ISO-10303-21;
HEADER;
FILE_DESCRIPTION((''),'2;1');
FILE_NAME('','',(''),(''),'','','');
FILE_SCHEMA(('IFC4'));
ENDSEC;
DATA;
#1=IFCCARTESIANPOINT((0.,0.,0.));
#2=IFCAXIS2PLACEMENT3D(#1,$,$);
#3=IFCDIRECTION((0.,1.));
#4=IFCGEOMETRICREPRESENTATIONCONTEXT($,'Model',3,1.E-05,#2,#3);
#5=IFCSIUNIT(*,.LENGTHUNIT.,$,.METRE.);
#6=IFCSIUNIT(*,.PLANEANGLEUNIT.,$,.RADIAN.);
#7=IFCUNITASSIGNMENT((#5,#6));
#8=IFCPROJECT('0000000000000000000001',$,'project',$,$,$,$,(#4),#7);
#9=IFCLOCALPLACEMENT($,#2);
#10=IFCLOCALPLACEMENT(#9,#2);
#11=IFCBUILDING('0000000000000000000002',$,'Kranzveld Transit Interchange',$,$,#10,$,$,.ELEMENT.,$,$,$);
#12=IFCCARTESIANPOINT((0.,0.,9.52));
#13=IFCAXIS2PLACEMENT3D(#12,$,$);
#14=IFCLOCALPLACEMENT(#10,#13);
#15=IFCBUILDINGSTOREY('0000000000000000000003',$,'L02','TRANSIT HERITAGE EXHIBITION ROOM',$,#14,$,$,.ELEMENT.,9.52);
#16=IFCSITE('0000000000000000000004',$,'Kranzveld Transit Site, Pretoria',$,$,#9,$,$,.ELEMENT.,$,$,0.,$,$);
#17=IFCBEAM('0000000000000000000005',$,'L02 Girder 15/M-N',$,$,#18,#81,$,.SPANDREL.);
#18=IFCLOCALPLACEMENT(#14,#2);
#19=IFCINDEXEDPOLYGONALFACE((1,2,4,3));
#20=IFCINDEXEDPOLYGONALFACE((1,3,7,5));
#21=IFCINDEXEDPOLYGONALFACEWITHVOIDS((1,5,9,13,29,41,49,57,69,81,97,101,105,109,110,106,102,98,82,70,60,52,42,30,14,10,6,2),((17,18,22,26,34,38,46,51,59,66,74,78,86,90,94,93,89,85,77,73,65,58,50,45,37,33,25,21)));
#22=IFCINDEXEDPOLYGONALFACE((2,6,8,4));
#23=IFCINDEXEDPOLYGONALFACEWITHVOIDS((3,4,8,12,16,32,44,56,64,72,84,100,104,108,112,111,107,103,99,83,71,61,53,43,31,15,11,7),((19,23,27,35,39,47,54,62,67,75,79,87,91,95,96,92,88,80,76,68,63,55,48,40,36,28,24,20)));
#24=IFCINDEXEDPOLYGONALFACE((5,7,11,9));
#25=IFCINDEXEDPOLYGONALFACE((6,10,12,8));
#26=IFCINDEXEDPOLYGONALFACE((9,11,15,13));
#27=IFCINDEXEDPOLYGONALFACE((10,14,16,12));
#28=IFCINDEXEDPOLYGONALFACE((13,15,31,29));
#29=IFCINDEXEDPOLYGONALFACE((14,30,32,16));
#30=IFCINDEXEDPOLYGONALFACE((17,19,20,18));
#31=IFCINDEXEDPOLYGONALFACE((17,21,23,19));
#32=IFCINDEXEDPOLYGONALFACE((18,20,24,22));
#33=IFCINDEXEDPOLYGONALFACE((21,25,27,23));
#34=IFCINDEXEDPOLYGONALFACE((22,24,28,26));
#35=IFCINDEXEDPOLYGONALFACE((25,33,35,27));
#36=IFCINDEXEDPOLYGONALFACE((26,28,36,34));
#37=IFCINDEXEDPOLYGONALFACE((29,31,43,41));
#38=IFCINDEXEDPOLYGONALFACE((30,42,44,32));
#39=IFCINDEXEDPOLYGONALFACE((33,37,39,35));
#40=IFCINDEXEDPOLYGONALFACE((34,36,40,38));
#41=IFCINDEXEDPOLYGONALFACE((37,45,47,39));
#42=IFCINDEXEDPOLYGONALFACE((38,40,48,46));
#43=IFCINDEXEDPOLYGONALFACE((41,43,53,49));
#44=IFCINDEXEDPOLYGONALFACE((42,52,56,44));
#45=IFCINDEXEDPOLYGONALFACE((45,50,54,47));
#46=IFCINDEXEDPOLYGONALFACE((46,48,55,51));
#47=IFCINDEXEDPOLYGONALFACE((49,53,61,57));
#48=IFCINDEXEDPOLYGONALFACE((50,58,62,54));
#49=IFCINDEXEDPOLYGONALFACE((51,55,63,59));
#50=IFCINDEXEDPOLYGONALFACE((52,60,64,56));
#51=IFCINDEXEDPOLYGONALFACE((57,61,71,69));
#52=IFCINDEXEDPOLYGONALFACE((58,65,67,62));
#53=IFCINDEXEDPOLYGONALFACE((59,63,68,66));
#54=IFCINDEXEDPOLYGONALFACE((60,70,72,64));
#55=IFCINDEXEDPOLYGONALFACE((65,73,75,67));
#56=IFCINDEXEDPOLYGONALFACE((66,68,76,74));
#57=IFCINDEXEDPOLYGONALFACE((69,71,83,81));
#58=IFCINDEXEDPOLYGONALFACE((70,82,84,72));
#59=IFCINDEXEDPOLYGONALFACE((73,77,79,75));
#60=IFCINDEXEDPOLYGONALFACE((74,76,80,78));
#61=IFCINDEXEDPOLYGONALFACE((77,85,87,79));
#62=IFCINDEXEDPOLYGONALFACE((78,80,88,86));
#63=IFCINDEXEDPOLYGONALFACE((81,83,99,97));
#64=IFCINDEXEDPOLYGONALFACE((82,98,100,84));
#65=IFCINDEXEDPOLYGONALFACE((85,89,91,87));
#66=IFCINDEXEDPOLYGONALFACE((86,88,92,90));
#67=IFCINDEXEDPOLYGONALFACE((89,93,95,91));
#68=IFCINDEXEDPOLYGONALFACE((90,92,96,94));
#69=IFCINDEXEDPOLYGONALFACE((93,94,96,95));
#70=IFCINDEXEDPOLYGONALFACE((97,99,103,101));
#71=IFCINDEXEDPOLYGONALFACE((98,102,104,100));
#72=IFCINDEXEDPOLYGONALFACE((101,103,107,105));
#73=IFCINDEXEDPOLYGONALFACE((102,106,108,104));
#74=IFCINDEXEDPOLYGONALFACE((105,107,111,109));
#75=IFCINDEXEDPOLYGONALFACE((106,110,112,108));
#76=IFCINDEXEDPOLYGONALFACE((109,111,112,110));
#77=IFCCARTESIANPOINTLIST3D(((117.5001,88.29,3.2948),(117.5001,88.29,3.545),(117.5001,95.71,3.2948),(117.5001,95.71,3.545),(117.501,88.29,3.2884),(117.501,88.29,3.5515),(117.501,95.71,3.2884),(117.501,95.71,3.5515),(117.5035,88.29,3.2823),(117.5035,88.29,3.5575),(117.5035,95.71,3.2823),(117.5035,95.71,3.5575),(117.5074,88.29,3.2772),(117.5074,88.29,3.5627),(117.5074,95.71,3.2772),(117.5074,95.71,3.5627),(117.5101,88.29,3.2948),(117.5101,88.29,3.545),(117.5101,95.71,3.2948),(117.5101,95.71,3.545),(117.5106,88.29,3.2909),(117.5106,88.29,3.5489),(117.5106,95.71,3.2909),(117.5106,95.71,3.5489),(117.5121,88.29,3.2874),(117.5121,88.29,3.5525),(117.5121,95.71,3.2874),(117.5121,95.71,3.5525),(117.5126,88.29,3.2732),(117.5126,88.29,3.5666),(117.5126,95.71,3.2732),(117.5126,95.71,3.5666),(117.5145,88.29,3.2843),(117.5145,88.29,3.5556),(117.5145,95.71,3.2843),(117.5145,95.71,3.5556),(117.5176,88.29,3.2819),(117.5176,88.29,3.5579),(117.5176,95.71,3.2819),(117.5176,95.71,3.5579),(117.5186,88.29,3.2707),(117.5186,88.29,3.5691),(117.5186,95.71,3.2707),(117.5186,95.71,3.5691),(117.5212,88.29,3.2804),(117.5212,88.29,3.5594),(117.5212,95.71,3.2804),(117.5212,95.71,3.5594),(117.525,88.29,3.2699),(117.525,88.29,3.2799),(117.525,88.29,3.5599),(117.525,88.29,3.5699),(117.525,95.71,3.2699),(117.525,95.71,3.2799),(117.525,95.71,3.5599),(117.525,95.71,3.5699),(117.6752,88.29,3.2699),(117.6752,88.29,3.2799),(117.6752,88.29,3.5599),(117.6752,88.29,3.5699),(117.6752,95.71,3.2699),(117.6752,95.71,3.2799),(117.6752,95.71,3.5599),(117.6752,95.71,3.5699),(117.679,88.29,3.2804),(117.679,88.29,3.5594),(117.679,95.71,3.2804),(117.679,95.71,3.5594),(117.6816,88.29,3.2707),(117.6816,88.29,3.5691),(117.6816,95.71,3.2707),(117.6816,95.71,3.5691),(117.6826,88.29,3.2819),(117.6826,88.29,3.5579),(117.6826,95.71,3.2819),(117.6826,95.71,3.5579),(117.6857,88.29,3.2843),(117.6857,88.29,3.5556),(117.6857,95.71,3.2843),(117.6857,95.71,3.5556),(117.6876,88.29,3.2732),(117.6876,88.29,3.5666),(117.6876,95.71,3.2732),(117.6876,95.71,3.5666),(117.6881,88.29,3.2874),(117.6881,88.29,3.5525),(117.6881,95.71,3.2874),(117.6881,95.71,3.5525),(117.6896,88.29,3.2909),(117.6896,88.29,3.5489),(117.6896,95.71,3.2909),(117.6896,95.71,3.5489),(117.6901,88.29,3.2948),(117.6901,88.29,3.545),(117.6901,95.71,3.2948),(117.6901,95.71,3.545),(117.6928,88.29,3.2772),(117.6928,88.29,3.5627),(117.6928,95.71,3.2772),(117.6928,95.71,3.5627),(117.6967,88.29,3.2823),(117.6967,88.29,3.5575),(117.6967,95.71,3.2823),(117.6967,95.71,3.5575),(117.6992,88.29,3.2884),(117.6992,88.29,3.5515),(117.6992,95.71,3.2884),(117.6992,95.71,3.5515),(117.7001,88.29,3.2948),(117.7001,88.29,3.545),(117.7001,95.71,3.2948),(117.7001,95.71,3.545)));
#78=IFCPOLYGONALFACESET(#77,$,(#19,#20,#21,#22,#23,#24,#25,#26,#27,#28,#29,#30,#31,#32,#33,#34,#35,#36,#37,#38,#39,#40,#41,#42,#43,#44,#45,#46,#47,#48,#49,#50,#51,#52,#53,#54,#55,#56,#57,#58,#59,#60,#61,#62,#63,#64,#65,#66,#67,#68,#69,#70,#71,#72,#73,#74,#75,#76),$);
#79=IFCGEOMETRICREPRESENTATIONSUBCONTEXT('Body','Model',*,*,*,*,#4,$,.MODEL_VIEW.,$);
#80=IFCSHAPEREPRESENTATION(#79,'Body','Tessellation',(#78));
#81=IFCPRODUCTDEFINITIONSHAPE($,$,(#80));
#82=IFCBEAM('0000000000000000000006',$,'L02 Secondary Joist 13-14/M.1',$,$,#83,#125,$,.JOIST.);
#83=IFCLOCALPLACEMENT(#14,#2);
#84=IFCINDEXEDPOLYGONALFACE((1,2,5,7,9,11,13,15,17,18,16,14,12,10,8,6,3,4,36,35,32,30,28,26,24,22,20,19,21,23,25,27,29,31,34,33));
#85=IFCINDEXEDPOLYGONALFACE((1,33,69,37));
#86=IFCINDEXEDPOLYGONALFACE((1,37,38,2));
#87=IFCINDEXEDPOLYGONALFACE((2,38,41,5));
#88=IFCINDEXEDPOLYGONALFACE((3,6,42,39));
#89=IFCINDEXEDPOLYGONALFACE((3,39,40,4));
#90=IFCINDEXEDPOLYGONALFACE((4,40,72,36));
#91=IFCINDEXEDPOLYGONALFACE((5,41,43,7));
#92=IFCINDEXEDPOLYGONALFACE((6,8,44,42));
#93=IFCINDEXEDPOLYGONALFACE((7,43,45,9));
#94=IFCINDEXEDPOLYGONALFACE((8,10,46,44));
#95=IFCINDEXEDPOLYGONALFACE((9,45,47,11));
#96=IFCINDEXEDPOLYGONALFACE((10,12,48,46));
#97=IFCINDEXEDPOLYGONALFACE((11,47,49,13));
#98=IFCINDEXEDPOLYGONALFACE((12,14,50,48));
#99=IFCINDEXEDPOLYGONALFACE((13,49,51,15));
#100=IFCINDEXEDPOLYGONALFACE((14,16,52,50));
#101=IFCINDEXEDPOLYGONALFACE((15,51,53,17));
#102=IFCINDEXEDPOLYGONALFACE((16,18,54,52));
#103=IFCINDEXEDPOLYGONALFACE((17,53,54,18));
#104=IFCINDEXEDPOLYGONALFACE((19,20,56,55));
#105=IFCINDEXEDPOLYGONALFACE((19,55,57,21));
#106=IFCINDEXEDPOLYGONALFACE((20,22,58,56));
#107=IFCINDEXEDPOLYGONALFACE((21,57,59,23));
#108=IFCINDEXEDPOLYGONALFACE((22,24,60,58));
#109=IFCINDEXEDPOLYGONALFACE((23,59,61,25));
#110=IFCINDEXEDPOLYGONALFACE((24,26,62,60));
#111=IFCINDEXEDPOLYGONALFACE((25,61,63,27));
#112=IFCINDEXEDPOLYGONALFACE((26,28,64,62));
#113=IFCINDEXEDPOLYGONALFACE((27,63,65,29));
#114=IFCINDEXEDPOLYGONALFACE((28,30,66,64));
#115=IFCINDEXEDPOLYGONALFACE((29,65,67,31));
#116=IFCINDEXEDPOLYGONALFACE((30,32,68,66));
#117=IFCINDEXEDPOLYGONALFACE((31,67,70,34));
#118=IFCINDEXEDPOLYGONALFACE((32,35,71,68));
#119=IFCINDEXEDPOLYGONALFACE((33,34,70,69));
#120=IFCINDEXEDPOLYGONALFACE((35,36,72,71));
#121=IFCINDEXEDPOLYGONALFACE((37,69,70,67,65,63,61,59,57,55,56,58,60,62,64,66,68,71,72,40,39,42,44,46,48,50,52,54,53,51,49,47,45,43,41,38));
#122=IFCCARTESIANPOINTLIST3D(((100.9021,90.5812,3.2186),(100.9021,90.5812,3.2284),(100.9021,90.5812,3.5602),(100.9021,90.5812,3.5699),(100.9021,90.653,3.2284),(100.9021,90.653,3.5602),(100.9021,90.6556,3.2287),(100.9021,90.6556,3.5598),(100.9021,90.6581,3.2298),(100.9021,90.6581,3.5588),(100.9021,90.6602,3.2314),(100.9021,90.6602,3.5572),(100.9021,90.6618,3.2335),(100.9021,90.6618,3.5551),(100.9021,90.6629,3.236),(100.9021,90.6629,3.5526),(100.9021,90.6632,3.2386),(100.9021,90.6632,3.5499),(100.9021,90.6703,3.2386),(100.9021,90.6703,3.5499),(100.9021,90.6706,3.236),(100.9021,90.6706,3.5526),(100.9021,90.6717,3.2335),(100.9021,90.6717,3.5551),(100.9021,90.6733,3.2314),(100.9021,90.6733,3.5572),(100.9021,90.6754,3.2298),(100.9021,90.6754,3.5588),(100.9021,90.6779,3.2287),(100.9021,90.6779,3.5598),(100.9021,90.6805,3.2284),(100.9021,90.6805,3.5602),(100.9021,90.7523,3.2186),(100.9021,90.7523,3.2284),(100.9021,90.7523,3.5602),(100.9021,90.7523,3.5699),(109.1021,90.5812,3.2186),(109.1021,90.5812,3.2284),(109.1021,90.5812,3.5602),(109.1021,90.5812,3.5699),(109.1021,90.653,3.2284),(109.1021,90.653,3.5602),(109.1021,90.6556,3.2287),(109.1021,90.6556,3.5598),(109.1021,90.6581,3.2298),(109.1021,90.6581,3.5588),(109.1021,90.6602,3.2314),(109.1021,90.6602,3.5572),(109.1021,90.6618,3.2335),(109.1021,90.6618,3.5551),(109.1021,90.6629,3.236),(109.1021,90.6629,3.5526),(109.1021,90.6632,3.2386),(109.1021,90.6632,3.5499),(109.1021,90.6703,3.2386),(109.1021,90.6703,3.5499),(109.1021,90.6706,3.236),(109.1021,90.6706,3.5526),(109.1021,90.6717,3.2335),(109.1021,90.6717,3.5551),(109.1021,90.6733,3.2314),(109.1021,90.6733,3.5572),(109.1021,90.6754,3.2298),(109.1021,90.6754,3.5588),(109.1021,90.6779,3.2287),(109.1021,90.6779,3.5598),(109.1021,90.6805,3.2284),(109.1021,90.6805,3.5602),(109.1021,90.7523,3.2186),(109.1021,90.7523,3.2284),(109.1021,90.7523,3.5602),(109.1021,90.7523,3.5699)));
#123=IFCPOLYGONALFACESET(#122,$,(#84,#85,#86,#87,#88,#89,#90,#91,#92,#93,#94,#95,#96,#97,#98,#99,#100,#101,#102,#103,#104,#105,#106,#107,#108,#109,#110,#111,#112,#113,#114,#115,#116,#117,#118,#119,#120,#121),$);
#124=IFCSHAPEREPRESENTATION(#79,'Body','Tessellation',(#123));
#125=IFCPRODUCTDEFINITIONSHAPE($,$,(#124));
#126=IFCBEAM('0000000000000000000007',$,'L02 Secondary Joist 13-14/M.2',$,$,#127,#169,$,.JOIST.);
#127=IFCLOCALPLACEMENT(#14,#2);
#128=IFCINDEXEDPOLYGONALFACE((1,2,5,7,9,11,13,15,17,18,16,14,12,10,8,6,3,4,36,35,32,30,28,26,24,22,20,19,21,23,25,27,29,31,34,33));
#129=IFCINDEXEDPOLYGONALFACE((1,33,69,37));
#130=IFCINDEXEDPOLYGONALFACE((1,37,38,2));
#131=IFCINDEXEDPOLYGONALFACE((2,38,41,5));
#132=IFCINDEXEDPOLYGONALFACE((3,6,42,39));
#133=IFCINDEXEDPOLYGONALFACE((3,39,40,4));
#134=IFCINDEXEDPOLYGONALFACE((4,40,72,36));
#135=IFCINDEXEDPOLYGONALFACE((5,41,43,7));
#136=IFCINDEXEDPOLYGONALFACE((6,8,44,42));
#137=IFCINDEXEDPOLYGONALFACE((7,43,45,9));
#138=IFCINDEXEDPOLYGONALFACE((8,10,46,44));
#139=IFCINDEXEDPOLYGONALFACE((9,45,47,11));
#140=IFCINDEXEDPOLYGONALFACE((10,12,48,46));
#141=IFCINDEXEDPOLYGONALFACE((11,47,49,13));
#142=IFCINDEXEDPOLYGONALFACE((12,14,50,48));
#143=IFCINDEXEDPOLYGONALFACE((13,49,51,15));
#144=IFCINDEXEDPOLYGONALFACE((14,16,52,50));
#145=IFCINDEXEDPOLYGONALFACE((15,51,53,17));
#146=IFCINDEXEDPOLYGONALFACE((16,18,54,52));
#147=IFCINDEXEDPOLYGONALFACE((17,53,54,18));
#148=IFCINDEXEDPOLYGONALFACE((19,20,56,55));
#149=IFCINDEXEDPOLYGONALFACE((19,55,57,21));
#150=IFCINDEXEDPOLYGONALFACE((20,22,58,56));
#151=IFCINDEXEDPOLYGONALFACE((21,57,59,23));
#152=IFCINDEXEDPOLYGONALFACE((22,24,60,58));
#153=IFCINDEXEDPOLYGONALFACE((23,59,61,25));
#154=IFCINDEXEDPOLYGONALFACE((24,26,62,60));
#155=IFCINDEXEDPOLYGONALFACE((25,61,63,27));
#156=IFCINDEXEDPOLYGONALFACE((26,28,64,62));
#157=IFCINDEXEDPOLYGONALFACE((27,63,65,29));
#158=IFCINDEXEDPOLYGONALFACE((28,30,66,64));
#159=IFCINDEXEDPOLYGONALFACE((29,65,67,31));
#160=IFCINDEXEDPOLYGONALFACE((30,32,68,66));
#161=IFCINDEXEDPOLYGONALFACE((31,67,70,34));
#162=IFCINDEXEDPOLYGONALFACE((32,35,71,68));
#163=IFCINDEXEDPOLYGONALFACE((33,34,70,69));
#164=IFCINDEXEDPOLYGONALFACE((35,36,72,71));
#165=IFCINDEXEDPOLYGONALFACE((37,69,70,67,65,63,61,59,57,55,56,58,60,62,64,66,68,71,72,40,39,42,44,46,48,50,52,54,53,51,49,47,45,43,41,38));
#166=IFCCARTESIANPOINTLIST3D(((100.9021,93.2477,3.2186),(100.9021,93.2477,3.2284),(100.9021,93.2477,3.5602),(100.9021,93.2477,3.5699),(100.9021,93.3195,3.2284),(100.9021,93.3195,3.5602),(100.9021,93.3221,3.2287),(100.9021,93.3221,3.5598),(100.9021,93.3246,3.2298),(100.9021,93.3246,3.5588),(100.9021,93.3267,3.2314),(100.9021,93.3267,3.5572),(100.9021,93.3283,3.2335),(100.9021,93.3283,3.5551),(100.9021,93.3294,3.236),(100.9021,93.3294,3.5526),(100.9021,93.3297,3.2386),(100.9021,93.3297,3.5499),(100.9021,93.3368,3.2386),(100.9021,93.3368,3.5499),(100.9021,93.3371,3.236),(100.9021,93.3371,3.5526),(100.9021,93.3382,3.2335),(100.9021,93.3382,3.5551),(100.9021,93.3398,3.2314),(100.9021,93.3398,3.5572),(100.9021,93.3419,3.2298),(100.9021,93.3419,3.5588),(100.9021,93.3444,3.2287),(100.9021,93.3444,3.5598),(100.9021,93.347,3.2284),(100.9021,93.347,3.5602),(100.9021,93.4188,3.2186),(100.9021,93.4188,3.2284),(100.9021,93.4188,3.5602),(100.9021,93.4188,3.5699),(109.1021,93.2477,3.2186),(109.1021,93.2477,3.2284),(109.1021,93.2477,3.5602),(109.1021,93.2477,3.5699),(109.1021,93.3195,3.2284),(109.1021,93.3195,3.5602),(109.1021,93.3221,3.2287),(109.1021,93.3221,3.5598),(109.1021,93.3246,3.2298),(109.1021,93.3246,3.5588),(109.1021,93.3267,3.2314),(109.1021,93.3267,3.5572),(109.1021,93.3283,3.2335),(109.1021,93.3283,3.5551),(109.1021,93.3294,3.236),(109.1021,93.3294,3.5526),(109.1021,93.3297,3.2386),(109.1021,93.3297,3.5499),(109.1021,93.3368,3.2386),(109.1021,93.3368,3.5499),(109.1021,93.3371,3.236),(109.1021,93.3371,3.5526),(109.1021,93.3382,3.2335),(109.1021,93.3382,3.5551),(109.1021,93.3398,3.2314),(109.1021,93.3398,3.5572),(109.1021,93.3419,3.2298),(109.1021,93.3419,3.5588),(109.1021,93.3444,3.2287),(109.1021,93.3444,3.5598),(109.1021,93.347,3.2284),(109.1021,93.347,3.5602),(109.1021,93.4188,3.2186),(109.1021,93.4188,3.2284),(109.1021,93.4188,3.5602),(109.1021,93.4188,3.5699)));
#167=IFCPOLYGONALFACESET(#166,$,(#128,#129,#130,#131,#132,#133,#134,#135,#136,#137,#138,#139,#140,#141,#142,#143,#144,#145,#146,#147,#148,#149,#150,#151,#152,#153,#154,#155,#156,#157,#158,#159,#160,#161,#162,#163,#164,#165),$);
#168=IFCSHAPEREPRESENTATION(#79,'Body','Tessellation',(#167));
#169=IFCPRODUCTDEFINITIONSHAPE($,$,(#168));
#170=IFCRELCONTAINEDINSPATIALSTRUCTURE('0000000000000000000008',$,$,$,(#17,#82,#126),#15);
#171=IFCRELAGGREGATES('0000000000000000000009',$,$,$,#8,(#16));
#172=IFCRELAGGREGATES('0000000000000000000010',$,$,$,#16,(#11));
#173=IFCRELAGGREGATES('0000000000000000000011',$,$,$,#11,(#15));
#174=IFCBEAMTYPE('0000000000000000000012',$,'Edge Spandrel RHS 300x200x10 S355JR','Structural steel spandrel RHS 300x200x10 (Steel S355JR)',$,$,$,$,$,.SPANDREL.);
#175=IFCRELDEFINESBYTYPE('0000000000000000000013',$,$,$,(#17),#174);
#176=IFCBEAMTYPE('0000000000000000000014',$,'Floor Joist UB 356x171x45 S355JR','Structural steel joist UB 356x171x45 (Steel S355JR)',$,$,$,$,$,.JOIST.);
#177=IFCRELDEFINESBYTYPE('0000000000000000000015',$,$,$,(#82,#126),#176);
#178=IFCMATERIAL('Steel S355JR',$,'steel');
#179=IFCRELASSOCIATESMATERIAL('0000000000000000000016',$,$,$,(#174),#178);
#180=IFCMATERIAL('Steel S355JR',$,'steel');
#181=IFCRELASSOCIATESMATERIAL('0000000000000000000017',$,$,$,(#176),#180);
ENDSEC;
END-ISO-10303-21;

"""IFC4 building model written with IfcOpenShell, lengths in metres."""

from ifc_helpers import new_model, si_unit, direction, frame, origin, origin_2d, place, context, subcontext, project, spatial, hollow_rectangle, i_section, extrude, material, material_profile, profile_set, type_object, element, save


model = new_model("IFC4")

# Units and contexts
model_context = context("Model", 3, precision=1e-05, world=origin(), true_north=direction((0.0, 1.0)))
body_context = subcontext(model_context, "Body", "Model", "MODEL_VIEW")
ifc_project = project(units=[si_unit("LENGTHUNIT", "METRE"), si_unit("PLANEANGLEUNIT", "RADIAN")], contexts=[model_context])

# Site, building, storey
site_placement = place(None, origin())
site = spatial("IfcSite", under=ifc_project, at=site_placement, Name="Kranzveld Transit Site, Pretoria", CompositionType="ELEMENT", RefElevation=0.0)
building_placement = place(site_placement, origin())
building = spatial("IfcBuilding", under=site, at=building_placement, Name="Kranzveld Transit Interchange", CompositionType="ELEMENT")
storey_placement = place(building_placement, frame((0.0, 0.0, 9.52)))
storey = spatial("IfcBuildingStorey", under=building, at=storey_placement, Name="L02", Description="TRANSIT HERITAGE EXHIBITION ROOM", CompositionType="ELEMENT", Elevation=9.52)

# Beams
ifc_material_1 = material(Name="Steel S355JR", Category="steel")
ifc_material_profile_1 = material_profile(ifc_material_1, hollow_rectangle(XDim=0.2, YDim=0.3, WallThickness=0.01, InnerFilletRadius=0.0149, OuterFilletRadius=0.0249, at=origin_2d()), Name="RHS 300x200x10")
ifc_profile_set_1 = profile_set([ifc_material_profile_1], Name="Steel S355JR")
beam_type_1 = type_object("IfcBeamType", Name="Edge Spandrel RHS 300x200x10 S355JR", Description="Structural steel spandrel RHS 300x200x10 (Steel S355JR)", PredefinedType="SPANDREL", material=ifc_profile_set_1)
beam_1_placement = place(storey_placement, frame((117.6001, 88.29, 3.4199), z_axis=(0.0, 1.0, 0.0), x_axis=(-1.0, 0.0, 0.0)))
element("IfcBeam", 1, at=beam_1_placement, inside=storey, type_object=beam_type_1, Name="L02 Girder 15/M-N", PredefinedType="SPANDREL", context=body_context, shape_type="SweptSolid", body=[
    extrude(hollow_rectangle(XDim=0.2, YDim=0.3, WallThickness=0.01, InnerFilletRadius=0.0149, OuterFilletRadius=0.0249, at=origin_2d()), origin(), (0.0, 0.0, 1.0), 7.4199),
])
ifc_material_2 = material(Name="Steel S355JR", Category="steel")
ifc_material_profile_2 = material_profile(ifc_material_2, i_section(OverallWidth=0.1711, OverallDepth=0.3513, WebThickness=0.0071, FlangeThickness=0.0098, FilletRadius=0.0103, at=origin_2d()), Name="UB 356x171x45")
ifc_profile_set_2 = profile_set([ifc_material_profile_2], Name="Steel S355JR")
beam_type_2 = type_object("IfcBeamType", Name="Floor Joist UB 356x171x45 S355JR", Description="Structural steel joist UB 356x171x45 (Steel S355JR)", PredefinedType="JOIST", material=ifc_profile_set_2)
for number, where, z_axis, x_axis, name in (
    (2, (100.9021, 90.6667, 3.3943), (1.0, 0.0, 0.0), (0.0, 1.0, 0.0), "L02 Secondary Joist 13-14/M.1"),
    (3, (100.9021, 93.3333, 3.3943), (1.0, 0.0, 0.0), (0.0, 1.0, 0.0), "L02 Secondary Joist 13-14/M.2"),
):
    element("IfcBeam", number, at=place(storey_placement, frame(where, z_axis=z_axis, x_axis=x_axis)), inside=storey, type_object=beam_type_2, Name=name, PredefinedType="JOIST", context=body_context, shape_type="SweptSolid", body=[
        extrude(i_section(OverallWidth=0.1711, OverallDepth=0.3513, WebThickness=0.0071, FlangeThickness=0.0098, FilletRadius=0.0103, at=origin_2d()), origin(), (0.0, 0.0, 1.0), 8.2),
    ])

save(model, "model.ifc")
